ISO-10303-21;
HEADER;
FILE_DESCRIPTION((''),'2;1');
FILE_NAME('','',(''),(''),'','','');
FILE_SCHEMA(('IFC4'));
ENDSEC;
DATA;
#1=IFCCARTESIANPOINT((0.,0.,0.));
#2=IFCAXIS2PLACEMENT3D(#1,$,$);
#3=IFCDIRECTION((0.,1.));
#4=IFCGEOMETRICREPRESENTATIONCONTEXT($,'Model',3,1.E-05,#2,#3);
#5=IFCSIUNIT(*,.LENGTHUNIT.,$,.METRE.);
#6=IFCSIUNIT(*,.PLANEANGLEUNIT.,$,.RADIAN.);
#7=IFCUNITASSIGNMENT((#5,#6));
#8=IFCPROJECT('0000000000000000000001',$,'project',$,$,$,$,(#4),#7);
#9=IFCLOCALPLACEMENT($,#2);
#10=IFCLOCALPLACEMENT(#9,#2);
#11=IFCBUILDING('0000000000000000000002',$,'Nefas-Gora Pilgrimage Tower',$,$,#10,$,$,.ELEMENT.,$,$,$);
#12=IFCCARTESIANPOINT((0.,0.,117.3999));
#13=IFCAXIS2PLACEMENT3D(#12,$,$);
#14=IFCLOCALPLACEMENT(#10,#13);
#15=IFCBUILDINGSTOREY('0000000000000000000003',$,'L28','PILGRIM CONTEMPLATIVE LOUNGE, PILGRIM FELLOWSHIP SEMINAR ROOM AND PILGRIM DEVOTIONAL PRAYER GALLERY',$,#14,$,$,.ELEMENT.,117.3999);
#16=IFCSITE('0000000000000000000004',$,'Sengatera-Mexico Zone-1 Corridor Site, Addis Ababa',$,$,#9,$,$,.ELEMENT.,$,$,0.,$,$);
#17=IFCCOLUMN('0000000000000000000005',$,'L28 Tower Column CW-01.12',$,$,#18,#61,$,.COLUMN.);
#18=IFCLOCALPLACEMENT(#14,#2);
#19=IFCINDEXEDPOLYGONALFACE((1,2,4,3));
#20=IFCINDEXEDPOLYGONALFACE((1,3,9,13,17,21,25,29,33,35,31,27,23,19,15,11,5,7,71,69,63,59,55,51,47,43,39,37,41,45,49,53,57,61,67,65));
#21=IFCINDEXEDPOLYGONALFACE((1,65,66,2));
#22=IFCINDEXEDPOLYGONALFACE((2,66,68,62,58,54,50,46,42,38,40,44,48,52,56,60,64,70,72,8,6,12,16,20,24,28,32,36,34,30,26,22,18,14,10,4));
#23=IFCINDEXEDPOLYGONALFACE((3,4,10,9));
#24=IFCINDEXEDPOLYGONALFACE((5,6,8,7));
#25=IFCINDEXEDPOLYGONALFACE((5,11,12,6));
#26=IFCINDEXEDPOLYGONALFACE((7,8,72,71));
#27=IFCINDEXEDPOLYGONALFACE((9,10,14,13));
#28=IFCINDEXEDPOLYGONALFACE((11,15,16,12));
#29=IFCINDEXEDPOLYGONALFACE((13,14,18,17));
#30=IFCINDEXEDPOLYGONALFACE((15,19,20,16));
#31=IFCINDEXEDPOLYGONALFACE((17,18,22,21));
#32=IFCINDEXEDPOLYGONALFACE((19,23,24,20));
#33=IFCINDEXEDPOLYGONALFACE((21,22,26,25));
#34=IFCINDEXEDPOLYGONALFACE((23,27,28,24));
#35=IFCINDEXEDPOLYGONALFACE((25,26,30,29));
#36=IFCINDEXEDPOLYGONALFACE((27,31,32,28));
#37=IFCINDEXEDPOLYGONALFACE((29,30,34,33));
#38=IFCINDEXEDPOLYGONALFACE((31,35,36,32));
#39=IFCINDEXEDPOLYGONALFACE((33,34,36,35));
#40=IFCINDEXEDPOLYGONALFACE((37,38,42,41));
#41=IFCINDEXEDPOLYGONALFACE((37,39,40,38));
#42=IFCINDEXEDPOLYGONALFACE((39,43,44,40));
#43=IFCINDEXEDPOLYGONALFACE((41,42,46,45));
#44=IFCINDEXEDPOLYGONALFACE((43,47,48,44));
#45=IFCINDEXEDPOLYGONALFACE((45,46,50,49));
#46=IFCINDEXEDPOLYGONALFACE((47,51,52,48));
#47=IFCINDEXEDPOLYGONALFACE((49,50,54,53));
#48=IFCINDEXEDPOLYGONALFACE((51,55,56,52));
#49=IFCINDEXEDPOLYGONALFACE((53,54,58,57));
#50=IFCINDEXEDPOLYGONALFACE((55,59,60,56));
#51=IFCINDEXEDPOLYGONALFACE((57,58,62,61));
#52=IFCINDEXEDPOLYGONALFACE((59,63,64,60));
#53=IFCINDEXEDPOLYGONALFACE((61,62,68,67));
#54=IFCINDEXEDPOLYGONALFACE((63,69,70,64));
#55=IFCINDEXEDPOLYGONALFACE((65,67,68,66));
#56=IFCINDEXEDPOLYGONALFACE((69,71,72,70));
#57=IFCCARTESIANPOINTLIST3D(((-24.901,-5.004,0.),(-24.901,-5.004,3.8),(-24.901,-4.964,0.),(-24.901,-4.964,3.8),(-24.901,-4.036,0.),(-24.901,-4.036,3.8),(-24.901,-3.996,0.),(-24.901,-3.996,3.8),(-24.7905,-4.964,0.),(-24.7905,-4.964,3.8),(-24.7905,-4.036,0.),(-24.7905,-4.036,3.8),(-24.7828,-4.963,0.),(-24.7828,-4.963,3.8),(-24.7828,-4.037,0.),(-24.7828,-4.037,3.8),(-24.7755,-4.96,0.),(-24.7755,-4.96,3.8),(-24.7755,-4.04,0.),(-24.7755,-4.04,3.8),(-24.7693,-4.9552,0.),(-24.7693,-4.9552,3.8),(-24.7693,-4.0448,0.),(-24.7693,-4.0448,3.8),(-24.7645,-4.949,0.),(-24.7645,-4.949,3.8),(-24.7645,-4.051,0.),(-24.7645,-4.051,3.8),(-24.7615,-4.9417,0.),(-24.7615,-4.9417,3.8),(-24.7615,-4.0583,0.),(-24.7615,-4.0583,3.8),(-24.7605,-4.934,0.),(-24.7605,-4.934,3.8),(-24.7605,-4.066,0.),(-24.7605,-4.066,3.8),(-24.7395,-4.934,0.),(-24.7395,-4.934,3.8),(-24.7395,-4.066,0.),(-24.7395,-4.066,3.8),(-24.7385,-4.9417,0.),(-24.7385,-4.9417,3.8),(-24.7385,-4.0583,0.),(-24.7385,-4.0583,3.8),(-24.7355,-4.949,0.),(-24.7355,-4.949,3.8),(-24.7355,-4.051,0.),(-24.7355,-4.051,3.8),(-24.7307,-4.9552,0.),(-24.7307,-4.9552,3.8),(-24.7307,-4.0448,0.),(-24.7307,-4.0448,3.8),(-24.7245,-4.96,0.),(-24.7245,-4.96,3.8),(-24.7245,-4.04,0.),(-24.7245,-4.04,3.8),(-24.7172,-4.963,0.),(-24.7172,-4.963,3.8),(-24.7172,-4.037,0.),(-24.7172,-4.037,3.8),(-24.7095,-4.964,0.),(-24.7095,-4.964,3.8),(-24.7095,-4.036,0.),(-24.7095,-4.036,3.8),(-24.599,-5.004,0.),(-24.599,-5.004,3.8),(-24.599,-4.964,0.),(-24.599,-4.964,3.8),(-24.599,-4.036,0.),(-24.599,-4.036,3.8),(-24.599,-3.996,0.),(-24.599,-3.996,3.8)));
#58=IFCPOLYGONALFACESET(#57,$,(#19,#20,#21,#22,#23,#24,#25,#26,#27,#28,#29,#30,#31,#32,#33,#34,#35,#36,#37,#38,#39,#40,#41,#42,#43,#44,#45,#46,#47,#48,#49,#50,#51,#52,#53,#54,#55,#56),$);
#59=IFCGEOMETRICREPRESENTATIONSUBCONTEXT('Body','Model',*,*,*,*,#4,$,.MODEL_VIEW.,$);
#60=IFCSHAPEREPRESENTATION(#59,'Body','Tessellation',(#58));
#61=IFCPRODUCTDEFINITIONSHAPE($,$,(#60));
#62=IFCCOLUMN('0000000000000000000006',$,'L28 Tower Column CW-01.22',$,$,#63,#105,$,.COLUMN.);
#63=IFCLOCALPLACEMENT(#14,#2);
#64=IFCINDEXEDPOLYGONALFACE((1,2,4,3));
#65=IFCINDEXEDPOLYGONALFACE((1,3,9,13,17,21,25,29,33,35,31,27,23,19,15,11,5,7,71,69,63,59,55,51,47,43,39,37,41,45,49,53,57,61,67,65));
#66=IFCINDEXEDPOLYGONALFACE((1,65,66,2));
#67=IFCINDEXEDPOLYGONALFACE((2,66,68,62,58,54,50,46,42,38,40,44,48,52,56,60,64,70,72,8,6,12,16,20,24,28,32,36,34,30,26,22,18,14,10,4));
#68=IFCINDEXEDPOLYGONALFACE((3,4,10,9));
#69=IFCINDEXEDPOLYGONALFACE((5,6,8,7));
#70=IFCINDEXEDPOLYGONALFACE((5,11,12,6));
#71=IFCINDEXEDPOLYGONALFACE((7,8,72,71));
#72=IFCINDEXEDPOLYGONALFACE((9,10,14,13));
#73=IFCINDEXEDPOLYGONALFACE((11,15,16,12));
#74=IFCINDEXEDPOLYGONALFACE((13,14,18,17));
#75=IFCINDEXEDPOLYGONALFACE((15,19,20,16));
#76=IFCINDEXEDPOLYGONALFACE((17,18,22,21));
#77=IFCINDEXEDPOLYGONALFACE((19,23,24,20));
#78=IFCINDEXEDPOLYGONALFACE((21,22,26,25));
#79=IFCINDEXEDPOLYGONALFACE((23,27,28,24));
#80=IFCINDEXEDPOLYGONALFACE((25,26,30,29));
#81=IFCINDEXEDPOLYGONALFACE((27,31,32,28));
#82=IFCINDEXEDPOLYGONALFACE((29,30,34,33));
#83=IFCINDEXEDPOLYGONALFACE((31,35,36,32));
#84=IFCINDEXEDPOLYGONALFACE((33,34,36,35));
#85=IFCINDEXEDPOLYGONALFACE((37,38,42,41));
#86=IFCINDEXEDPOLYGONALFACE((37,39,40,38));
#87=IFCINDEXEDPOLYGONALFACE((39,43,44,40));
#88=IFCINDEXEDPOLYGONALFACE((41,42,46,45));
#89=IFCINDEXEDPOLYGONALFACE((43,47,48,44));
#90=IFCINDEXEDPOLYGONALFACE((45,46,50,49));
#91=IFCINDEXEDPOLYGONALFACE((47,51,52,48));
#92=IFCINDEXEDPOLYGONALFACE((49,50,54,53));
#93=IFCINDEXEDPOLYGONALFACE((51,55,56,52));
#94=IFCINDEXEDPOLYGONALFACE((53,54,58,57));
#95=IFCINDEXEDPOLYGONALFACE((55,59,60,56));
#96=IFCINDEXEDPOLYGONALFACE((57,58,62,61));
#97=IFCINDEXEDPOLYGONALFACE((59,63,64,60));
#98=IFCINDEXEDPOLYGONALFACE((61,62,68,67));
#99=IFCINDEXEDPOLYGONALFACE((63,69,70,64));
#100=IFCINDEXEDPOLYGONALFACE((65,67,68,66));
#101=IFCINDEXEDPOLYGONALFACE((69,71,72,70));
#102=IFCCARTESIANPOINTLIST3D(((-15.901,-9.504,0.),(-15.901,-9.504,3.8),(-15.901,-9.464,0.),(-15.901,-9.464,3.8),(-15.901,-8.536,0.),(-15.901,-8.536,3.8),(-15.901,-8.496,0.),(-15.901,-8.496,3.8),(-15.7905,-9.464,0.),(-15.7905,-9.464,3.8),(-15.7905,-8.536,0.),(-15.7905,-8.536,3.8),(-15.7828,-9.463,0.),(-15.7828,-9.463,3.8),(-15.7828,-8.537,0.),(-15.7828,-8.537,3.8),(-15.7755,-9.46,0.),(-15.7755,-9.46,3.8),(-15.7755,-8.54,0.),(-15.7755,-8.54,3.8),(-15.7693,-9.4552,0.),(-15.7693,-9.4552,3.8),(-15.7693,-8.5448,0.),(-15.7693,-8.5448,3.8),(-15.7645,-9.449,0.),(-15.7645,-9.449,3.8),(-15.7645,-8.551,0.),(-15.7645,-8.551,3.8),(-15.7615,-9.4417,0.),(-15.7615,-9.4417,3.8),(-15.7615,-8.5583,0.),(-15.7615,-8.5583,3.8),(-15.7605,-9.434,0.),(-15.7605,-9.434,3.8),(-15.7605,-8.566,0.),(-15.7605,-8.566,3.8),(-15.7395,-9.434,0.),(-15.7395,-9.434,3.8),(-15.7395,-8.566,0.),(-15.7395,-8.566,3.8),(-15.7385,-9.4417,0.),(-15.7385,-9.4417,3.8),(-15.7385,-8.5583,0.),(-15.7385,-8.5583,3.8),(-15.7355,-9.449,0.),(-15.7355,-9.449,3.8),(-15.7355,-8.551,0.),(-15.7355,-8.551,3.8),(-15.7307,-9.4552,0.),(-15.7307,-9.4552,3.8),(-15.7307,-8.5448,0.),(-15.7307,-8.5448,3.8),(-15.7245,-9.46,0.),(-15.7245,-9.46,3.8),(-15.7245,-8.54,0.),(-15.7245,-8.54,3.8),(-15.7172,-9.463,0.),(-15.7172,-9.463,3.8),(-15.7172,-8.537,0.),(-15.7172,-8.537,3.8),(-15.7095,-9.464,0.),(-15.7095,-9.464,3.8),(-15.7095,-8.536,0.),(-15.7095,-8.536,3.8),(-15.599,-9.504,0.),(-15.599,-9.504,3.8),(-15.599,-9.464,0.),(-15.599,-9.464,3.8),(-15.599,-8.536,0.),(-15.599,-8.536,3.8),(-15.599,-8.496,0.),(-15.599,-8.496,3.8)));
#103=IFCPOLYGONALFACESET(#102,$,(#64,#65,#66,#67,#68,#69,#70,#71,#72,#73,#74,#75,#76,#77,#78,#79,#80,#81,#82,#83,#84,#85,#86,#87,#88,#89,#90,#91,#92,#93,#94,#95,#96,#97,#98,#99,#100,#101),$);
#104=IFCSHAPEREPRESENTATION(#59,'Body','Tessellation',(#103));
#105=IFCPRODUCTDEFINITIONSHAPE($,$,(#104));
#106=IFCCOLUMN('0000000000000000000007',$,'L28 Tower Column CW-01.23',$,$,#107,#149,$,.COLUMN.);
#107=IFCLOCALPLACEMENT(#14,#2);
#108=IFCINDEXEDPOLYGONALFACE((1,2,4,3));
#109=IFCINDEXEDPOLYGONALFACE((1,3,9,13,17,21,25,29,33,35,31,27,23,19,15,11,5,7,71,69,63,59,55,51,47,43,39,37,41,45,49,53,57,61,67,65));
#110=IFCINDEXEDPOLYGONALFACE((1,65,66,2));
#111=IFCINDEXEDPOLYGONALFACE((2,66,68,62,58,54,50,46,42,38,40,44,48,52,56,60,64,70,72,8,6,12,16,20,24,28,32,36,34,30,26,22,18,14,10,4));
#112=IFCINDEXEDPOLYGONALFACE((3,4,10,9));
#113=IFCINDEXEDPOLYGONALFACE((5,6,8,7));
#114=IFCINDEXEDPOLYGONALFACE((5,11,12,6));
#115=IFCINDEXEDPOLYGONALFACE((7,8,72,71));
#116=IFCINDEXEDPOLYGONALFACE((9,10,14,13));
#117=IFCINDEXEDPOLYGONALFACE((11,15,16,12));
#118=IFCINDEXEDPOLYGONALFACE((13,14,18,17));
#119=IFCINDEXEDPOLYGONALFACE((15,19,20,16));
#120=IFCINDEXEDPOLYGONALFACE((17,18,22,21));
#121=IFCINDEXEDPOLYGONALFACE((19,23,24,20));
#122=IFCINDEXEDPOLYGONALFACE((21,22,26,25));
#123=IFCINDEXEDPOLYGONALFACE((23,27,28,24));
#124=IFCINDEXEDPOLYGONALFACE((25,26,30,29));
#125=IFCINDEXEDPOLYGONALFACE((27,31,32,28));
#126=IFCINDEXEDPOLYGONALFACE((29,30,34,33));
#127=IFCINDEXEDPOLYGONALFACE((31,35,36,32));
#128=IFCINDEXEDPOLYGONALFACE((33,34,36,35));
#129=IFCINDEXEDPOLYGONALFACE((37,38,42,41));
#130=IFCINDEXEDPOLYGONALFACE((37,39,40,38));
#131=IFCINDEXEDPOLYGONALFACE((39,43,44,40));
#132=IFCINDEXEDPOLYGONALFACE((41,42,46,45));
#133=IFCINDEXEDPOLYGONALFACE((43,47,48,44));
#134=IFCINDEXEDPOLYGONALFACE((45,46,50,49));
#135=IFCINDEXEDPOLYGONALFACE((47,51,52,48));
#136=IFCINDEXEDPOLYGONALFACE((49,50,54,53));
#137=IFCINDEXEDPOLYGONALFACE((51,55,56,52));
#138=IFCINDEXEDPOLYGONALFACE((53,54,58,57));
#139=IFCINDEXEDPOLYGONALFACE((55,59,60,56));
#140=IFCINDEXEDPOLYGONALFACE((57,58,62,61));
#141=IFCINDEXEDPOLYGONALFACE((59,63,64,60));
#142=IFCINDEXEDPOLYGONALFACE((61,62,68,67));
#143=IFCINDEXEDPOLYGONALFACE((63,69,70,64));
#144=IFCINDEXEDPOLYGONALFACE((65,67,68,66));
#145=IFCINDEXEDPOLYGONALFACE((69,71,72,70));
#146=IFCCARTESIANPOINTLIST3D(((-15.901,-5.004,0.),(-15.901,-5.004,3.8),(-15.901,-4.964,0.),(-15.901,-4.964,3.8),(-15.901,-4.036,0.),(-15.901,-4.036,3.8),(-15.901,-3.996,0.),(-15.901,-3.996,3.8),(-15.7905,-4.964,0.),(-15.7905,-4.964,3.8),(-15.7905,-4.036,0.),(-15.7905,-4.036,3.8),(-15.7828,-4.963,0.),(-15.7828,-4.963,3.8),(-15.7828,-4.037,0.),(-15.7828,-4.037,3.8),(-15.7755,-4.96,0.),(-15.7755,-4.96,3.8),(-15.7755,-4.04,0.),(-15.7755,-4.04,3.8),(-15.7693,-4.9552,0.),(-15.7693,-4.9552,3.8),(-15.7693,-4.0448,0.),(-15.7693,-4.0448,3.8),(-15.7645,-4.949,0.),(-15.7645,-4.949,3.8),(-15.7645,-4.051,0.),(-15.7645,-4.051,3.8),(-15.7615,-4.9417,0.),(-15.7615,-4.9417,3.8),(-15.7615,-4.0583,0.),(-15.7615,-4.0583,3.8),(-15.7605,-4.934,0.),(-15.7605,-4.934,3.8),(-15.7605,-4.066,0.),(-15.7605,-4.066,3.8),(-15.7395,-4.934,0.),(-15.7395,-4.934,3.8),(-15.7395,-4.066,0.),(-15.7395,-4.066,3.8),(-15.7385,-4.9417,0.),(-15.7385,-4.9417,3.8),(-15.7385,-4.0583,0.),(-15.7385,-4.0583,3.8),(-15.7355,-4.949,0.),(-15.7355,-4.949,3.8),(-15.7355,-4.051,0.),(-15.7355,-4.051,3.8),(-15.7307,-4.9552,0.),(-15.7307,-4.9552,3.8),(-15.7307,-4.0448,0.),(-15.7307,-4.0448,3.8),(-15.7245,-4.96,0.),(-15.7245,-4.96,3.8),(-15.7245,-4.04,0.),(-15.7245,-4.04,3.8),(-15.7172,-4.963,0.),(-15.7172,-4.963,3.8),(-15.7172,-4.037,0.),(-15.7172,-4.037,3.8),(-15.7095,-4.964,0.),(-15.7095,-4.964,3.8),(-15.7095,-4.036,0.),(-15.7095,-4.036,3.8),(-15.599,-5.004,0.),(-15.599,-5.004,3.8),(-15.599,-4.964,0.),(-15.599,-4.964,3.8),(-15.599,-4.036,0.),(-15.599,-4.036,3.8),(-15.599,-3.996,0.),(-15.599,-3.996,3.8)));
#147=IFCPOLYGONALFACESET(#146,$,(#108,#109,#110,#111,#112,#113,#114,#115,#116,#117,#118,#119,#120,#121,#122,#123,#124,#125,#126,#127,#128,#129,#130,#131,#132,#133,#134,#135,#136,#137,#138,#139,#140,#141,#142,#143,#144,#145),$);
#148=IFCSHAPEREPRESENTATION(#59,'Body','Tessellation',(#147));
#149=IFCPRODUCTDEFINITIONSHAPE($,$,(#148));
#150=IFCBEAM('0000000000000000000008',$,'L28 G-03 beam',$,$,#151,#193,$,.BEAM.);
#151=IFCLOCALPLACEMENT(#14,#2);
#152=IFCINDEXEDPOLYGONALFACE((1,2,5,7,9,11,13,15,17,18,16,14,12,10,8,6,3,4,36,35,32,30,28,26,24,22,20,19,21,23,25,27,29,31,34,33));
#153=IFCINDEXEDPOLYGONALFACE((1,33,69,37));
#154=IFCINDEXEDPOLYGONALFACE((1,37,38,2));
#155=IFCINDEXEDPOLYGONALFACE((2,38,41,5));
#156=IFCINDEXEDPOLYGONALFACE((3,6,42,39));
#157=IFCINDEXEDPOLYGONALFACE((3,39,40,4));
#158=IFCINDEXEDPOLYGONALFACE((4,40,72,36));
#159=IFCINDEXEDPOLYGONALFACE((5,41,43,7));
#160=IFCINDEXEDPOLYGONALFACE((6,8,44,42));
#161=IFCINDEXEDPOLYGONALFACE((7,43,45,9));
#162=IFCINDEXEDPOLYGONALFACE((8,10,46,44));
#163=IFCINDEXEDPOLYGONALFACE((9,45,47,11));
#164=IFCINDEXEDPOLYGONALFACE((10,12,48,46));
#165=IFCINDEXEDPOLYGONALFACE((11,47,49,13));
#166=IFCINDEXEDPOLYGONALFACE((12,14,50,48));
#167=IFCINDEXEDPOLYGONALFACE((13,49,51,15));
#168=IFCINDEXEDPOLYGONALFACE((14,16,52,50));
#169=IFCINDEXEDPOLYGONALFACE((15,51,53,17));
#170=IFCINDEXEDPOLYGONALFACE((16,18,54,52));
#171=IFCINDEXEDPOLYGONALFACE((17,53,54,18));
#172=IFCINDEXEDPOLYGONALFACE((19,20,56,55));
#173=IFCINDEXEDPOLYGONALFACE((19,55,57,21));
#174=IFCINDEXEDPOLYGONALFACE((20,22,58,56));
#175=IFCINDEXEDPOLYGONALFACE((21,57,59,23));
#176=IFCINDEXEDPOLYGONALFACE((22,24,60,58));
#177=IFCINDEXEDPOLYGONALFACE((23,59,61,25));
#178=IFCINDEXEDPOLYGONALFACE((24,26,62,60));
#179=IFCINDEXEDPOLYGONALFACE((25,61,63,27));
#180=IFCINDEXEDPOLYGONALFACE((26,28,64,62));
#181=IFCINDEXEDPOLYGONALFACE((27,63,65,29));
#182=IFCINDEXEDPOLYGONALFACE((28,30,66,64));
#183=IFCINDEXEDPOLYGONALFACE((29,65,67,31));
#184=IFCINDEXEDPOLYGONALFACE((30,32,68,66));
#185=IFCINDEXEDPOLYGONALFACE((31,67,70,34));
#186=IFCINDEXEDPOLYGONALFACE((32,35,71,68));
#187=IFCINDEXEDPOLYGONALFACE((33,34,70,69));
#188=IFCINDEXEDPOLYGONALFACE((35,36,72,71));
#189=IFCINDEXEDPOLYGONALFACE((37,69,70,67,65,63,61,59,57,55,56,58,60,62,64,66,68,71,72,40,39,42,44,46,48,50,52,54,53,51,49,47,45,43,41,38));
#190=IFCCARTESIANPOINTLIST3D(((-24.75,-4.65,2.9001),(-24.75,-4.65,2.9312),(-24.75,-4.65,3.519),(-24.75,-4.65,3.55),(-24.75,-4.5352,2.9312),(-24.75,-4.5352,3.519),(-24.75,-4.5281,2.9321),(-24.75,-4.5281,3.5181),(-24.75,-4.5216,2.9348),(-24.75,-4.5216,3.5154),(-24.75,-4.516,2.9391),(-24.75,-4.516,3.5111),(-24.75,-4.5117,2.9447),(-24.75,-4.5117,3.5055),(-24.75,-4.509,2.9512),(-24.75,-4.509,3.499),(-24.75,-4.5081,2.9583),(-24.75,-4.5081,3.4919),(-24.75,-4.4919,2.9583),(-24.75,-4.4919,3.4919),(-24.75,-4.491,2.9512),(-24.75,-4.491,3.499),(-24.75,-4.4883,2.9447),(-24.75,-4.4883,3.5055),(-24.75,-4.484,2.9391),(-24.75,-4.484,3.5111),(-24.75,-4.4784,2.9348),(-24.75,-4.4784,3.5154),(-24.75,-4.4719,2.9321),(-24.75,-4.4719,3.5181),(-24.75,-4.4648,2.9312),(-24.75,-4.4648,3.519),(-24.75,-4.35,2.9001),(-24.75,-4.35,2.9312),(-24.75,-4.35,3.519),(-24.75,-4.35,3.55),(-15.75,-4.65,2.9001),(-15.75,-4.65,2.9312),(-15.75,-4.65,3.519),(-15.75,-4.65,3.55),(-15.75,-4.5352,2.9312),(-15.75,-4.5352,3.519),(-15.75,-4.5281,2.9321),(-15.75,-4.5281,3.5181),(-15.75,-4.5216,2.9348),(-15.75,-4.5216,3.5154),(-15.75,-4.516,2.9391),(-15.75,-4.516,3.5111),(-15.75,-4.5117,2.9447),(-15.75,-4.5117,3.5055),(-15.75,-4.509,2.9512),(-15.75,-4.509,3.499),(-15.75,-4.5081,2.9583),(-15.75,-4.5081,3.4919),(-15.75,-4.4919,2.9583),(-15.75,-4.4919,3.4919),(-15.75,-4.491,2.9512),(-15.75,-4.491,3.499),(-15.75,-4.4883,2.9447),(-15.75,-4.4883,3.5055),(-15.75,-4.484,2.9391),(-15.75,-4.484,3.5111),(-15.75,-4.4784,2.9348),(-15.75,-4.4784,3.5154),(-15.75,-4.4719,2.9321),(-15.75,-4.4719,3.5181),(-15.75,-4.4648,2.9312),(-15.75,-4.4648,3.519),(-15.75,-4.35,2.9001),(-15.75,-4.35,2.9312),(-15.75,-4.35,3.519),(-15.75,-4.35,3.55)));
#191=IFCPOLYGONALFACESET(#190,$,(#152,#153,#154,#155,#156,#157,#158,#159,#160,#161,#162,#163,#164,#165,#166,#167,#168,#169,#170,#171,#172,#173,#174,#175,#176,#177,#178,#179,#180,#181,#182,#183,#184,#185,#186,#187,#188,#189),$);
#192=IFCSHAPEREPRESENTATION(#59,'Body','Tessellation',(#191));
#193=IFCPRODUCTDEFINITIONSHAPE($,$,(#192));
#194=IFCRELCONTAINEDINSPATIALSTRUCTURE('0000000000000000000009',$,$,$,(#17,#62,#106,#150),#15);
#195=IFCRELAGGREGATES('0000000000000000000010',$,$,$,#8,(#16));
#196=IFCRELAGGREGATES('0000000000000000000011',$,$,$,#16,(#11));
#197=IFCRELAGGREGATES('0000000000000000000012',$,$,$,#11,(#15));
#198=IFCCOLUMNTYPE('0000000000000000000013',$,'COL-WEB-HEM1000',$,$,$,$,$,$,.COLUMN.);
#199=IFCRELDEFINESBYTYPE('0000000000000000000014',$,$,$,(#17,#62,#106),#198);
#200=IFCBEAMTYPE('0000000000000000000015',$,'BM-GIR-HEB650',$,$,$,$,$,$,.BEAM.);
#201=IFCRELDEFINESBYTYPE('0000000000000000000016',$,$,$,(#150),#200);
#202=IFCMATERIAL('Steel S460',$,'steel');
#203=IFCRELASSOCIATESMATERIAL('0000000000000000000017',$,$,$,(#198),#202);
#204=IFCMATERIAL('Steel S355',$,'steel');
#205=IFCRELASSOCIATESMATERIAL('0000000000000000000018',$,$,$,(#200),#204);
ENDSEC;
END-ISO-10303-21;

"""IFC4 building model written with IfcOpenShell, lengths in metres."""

from ifc_helpers import new_model, si_unit, direction, frame, origin, origin_2d, place, context, subcontext, project, spatial, i_section, extrude, source, transform, mapped, material, material_profile, profile_set, type_object, element, save


model = new_model("IFC4")

# Units and contexts
model_context = context("Model", 3, precision=1e-05, world=origin(), true_north=direction((0.0, 1.0)))
body_context = subcontext(model_context, "Body", "Model", "MODEL_VIEW")
ifc_project = project(units=[si_unit("LENGTHUNIT", "METRE"), si_unit("PLANEANGLEUNIT", "RADIAN")], contexts=[model_context])

# Site, building, storey
site_placement = place(None, origin())
site = spatial("IfcSite", under=ifc_project, at=site_placement, Name="Sengatera-Mexico Zone-1 Corridor Site, Addis Ababa", CompositionType="ELEMENT", RefElevation=0.0)
building_placement = place(site_placement, origin())
building = spatial("IfcBuilding", under=site, at=building_placement, Name="Nefas-Gora Pilgrimage Tower", CompositionType="ELEMENT")
storey_placement = place(building_placement, frame((0.0, 0.0, 117.3999)))
storey = spatial("IfcBuildingStorey", under=building, at=storey_placement, Name="L28", Description="PILGRIM CONTEMPLATIVE LOUNGE, PILGRIM FELLOWSHIP SEMINAR ROOM AND PILGRIM DEVOTIONAL PRAYER GALLERY", CompositionType="ELEMENT", Elevation=117.3999)

# Columns
ifc_material_1 = material(Name="Steel S460", Category="steel")
ifc_material_profile_1 = material_profile(ifc_material_1, i_section(OverallWidth=0.302, OverallDepth=1.0081, WebThickness=0.021, FlangeThickness=0.04, FilletRadius=0.03, at=origin_2d()), Name="HEM 1000")
ifc_profile_set_1 = profile_set([ifc_material_profile_1], Name="Steel S460")
column_type = type_object("IfcColumnType", Name="COL-WEB-HEM1000", PredefinedType="COLUMN", material=ifc_profile_set_1)
shared_shape_1 = source(origin(), body_context, "Body", "SweptSolid", [
    extrude(i_section(OverallWidth=0.302, OverallDepth=1.0081, WebThickness=0.021, FlangeThickness=0.04, FilletRadius=0.03, at=origin_2d()), origin(), (0.0, 0.0, 1.0), 3.8),
])
for number, where, z_axis, x_axis, name in (
    (1, (-24.75, -4.5, 0.0), (0.0, 0.0, 1.0), (1.0, 0.0, 0.0), "L28 Tower Column CW-01.12"),
    (2, (-15.75, -9.0, 0.0), (0.0, 0.0, 1.0), (1.0, 0.0, 0.0), "L28 Tower Column CW-01.22"),
    (3, (-15.75, -4.5, 0.0), (0.0, 0.0, 1.0), (1.0, 0.0, 0.0), "L28 Tower Column CW-01.23"),
):
    element("IfcColumn", number, at=place(storey_placement, frame(where, z_axis=z_axis, x_axis=x_axis)), inside=storey, type_object=column_type, Name=name, PredefinedType="COLUMN", context=body_context, shape_type="MappedRepresentation", body=[
        mapped(shared_shape_1, transform((0.0, 0.0, 0.0), x_axis=(1.0, 0.0, 0.0), y_axis=(0.0, 1.0, 0.0), z_axis=(0.0, 0.0, 1.0), scale=1.0)),
    ])

# Beam
ifc_material_2 = material(Name="Steel S355", Category="steel")
ifc_material_profile_2 = material_profile(ifc_material_2, i_section(OverallWidth=0.3, OverallDepth=0.6499, WebThickness=0.0161, FlangeThickness=0.031, FilletRadius=0.0271, at=origin_2d()), Name="HEB 650")
ifc_profile_set_2 = profile_set([ifc_material_profile_2], Name="Steel S355")
beam_type = type_object("IfcBeamType", Name="BM-GIR-HEB650", PredefinedType="BEAM", material=ifc_profile_set_2)
shared_shape_2 = source(origin(), body_context, "Body", "SweptSolid", [
    extrude(i_section(OverallWidth=0.3, OverallDepth=0.6499, WebThickness=0.0161, FlangeThickness=0.031, FilletRadius=0.0271, at=origin_2d()), origin(), (0.0, 0.0, 1.0), 9.0),
])
beam_placement = place(storey_placement, frame((-24.75, -4.5, 3.2251), z_axis=(1.0, 0.0, 0.0), x_axis=(0.0, 1.0, 0.0)))
element("IfcBeam", 4, at=beam_placement, inside=storey, type_object=beam_type, Name="L28 G-03 beam", PredefinedType="BEAM", context=body_context, shape_type="MappedRepresentation", body=[
    mapped(shared_shape_2, transform((0.0, 0.0, 0.0), x_axis=(1.0, 0.0, 0.0), y_axis=(0.0, 1.0, 0.0), z_axis=(0.0, 0.0, 1.0), scale=1.0)),
])

save(model, "model.ifc")
